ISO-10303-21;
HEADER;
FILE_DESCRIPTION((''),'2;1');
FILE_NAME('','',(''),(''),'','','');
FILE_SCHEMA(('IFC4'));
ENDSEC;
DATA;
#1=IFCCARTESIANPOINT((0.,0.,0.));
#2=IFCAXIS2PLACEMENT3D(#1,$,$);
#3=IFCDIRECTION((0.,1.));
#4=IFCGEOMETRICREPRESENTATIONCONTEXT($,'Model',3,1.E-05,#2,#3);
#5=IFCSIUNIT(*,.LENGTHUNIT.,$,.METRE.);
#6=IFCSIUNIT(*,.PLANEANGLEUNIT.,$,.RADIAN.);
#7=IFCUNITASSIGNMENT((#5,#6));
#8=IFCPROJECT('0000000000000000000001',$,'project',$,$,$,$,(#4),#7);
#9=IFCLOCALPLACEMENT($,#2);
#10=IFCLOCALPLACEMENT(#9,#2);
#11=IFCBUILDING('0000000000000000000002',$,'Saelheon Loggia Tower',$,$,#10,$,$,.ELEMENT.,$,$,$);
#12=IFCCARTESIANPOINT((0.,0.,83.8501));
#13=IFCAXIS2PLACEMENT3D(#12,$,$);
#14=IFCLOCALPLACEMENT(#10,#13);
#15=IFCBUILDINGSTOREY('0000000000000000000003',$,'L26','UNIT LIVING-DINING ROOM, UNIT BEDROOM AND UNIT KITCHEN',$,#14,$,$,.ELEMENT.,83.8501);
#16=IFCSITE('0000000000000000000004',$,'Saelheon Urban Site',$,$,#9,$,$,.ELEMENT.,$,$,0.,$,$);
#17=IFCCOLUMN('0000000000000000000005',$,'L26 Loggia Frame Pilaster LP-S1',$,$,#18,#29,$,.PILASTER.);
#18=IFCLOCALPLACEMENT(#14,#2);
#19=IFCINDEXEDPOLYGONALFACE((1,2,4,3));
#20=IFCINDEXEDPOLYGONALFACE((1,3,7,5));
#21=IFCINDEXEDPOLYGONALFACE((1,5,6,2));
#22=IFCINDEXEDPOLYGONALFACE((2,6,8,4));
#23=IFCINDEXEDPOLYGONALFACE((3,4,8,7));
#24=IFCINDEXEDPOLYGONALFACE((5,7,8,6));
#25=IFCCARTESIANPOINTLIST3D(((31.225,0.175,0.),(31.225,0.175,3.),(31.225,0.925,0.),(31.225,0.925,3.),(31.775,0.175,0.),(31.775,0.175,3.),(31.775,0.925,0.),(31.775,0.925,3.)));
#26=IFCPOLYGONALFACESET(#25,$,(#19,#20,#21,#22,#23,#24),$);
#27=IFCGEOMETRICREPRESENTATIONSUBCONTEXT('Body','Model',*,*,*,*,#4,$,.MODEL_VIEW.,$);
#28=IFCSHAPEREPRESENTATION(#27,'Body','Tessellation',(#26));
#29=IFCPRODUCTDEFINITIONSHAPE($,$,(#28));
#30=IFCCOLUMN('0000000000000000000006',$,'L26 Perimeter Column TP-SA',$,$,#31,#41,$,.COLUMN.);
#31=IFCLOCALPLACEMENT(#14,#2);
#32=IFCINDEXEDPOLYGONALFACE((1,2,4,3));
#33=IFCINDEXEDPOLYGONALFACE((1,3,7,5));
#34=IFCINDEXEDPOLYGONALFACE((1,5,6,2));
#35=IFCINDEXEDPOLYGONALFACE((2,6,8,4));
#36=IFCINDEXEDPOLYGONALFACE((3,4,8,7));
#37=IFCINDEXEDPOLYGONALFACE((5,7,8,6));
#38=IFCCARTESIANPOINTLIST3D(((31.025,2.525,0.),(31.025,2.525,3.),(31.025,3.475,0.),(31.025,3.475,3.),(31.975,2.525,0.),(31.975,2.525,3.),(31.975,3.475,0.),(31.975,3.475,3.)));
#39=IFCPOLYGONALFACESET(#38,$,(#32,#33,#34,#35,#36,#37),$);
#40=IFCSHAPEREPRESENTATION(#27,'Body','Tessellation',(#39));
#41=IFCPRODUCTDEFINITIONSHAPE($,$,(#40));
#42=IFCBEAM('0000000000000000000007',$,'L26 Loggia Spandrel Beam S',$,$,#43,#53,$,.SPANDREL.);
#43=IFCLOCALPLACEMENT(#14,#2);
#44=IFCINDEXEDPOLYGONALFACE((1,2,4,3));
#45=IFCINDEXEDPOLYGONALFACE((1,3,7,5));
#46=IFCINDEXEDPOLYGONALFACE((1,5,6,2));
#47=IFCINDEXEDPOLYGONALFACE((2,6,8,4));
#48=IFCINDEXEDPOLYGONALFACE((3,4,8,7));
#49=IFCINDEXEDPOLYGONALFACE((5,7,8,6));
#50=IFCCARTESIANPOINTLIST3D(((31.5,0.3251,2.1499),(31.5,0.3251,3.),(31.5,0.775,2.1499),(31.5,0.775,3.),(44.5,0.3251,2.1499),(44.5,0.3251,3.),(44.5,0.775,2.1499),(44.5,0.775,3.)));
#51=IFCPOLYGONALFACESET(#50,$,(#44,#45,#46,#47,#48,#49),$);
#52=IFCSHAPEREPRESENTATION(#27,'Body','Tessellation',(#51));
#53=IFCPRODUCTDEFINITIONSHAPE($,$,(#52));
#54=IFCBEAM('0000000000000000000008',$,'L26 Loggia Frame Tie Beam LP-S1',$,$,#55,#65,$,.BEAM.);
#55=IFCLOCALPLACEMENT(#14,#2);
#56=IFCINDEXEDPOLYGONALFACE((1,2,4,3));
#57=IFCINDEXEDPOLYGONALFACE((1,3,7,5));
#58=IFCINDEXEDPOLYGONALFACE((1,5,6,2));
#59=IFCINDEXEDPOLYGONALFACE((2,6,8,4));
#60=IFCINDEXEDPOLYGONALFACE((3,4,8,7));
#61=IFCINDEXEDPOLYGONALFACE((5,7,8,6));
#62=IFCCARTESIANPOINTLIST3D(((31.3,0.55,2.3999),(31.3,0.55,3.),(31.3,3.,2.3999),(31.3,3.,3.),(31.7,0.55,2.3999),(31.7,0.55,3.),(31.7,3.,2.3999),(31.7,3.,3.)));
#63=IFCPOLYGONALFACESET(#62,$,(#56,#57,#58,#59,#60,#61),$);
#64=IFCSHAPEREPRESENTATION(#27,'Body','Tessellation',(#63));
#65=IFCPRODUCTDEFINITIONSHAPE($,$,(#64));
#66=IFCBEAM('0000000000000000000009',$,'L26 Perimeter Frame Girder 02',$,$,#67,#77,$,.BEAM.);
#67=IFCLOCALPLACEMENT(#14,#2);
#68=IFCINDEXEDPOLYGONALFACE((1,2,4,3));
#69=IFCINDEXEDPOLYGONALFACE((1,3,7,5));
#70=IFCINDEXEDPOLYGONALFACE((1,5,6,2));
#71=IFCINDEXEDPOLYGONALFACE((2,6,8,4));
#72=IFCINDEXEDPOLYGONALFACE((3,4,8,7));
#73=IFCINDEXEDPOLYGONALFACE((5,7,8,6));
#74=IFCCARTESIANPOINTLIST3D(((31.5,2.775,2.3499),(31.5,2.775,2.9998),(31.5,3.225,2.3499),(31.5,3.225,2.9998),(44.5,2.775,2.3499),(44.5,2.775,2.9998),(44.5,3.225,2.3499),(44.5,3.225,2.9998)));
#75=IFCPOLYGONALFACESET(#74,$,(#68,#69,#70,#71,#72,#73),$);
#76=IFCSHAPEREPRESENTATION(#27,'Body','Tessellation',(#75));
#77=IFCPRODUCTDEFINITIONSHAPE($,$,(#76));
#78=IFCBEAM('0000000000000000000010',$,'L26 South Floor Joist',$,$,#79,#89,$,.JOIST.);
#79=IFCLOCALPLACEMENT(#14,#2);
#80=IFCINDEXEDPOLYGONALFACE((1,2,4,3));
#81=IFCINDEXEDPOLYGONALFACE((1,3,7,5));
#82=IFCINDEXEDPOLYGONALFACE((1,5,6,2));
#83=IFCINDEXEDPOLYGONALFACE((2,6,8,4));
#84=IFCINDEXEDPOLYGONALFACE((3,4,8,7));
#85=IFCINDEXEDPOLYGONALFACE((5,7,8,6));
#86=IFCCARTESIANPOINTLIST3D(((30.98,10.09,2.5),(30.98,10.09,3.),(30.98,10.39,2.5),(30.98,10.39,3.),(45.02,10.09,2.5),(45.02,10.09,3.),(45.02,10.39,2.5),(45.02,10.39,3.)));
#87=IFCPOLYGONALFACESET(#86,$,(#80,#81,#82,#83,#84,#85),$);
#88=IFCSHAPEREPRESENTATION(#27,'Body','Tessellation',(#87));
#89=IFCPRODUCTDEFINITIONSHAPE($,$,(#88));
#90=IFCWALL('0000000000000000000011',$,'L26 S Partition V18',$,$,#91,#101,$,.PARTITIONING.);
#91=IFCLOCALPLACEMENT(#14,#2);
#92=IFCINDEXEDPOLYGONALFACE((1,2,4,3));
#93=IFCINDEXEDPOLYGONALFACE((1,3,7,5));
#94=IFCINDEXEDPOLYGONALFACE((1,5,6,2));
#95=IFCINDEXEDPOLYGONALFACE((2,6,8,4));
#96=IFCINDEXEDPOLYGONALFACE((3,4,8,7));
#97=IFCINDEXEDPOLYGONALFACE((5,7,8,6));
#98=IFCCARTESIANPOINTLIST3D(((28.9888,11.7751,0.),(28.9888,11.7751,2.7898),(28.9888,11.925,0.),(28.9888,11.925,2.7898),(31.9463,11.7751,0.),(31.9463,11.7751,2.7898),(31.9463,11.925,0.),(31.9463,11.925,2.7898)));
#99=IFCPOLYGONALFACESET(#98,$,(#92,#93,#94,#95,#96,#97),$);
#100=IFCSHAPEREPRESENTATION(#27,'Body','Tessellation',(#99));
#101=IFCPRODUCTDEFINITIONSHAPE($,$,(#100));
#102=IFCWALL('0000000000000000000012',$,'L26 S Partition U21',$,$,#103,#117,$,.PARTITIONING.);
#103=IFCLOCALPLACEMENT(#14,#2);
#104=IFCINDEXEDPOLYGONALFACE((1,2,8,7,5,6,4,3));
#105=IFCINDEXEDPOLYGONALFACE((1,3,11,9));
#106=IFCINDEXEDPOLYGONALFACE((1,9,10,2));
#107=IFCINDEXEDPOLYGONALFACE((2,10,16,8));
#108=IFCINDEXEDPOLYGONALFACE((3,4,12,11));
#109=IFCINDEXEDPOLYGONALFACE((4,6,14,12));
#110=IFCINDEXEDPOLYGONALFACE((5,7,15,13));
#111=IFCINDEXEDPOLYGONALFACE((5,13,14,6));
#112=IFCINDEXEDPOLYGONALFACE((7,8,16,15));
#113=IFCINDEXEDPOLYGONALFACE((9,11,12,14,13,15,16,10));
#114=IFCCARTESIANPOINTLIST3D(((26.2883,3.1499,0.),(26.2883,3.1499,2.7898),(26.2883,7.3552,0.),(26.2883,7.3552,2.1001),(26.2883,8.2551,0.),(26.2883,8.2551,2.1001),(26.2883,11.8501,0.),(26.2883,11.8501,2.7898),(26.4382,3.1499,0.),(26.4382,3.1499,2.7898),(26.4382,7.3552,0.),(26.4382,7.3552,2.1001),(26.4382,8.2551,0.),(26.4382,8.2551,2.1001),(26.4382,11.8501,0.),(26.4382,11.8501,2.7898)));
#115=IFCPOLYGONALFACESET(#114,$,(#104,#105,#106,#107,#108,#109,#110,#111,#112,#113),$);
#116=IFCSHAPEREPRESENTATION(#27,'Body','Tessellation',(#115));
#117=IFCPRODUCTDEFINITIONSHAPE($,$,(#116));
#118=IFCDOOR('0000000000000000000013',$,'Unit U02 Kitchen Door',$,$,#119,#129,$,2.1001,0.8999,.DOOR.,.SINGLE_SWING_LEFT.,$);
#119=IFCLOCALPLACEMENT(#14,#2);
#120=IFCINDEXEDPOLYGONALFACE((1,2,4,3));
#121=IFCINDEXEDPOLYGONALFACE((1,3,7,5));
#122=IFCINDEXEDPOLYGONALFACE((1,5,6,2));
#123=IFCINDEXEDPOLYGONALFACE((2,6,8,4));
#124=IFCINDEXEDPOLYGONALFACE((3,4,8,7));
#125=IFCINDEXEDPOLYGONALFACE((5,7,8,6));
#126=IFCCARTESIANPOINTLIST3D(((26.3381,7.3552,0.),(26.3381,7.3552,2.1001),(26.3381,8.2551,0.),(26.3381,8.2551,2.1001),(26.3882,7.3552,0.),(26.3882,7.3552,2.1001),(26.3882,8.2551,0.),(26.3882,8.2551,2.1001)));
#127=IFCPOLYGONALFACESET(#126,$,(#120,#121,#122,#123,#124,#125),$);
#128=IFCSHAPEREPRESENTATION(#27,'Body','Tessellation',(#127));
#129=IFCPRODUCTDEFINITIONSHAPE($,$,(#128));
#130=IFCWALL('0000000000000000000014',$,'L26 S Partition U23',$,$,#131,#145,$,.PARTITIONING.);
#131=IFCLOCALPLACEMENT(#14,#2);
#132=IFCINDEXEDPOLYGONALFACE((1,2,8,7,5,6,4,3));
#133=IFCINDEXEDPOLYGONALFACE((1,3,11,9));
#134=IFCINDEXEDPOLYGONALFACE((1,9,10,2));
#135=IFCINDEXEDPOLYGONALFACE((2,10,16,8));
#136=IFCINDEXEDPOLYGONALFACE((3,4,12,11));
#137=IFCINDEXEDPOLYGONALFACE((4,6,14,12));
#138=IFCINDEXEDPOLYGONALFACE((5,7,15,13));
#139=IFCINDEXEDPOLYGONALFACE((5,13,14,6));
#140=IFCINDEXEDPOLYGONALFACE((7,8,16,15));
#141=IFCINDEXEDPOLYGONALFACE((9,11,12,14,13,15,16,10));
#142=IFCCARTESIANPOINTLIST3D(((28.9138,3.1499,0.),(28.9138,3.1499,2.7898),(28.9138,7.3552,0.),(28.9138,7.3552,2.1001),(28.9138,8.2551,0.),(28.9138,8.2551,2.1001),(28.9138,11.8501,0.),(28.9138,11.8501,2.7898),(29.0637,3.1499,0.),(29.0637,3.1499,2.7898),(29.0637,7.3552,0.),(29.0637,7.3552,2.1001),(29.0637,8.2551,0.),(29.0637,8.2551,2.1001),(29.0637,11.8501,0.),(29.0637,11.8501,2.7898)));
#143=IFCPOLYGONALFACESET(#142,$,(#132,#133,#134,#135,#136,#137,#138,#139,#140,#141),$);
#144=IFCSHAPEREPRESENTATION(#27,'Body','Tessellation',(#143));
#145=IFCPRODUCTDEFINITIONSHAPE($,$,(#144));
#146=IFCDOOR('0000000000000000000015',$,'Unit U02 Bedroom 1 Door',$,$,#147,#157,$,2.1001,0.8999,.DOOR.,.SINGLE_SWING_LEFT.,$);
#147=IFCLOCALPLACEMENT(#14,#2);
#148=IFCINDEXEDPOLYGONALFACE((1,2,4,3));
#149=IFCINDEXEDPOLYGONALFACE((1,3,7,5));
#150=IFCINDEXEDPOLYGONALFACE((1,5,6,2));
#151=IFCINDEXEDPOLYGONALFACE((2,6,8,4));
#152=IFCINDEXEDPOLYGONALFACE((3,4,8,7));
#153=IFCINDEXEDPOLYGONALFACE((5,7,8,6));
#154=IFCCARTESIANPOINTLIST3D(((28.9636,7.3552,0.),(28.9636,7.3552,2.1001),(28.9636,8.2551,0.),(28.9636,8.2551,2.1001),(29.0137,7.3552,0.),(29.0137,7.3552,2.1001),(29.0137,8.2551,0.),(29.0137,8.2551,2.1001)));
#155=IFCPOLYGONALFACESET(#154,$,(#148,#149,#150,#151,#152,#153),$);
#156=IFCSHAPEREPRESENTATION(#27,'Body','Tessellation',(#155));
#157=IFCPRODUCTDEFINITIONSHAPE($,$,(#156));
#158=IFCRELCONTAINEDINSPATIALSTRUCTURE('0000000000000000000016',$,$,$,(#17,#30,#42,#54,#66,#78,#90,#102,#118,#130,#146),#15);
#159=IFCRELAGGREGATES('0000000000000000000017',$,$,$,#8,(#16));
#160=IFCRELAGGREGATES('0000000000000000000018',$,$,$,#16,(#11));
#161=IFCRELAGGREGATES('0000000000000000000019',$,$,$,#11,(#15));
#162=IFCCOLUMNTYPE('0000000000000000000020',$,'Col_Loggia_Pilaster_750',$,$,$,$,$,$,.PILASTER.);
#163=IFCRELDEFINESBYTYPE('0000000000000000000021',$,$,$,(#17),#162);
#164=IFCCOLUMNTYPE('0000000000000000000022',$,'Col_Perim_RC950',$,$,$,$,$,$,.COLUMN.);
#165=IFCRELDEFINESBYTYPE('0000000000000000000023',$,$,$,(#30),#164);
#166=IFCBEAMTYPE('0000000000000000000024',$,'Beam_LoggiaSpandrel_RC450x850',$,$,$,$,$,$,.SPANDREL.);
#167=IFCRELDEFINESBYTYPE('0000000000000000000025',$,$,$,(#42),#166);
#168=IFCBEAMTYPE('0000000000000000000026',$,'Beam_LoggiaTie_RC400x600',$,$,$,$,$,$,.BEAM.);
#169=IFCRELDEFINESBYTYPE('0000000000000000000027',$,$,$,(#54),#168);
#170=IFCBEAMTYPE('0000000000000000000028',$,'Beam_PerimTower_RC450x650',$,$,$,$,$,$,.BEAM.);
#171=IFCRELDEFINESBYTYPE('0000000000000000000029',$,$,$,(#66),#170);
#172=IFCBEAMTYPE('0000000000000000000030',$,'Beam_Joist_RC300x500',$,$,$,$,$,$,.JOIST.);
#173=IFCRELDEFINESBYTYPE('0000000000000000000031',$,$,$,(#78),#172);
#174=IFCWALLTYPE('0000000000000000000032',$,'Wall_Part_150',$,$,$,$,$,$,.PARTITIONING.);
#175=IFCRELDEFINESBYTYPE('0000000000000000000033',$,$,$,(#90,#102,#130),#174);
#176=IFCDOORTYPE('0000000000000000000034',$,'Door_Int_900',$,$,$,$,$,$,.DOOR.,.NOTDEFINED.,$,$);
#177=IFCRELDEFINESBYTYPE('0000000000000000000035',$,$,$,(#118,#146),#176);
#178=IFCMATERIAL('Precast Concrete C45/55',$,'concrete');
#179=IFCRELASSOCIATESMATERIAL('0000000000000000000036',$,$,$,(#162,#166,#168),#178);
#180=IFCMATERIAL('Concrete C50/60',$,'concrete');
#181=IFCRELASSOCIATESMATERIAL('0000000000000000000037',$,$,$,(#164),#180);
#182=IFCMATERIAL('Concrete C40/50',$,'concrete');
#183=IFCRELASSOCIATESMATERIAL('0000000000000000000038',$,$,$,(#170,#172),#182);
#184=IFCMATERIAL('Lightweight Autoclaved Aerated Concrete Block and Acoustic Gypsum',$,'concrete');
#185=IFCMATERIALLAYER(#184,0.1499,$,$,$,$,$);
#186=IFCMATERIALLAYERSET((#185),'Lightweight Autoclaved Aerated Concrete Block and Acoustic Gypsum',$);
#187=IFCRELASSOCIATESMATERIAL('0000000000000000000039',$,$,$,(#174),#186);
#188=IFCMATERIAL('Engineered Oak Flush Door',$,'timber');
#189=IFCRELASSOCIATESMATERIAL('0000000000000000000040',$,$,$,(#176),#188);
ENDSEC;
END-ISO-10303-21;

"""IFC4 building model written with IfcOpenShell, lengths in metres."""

from ifc_helpers import new_model, si_unit, direction, frame, frame_2d, origin, origin_2d, place, context, subcontext, project, spatial, rectangle, extrude, source, transform, mapped, material, layer, layer_set, material_profile, profile_set, type_object, element, fill, save


model = new_model("IFC4")

# Units and contexts
model_context = context("Model", 3, precision=1e-05, world=origin(), true_north=direction((0.0, 1.0)))
body_context = subcontext(model_context, "Body", "Model", "MODEL_VIEW")
ifc_project = project(units=[si_unit("LENGTHUNIT", "METRE"), si_unit("PLANEANGLEUNIT", "RADIAN")], contexts=[model_context])

# Site, building, storey
site_placement = place(None, origin())
site = spatial("IfcSite", under=ifc_project, at=site_placement, Name="Saelheon Urban Site", CompositionType="ELEMENT", RefElevation=0.0)
building_placement = place(site_placement, origin())
building = spatial("IfcBuilding", under=site, at=building_placement, Name="Saelheon Loggia Tower", CompositionType="ELEMENT")
storey_placement = place(building_placement, frame((0.0, 0.0, 83.8501)))
storey = spatial("IfcBuildingStorey", under=building, at=storey_placement, Name="L26", Description="UNIT LIVING-DINING ROOM, UNIT BEDROOM AND UNIT KITCHEN", CompositionType="ELEMENT", Elevation=83.8501)

# Columns
ifc_material_1 = material(Name="Precast Concrete C45/55", Category="concrete")
ifc_material_profile_1 = material_profile(ifc_material_1, rectangle(XDim=0.55, YDim=0.75, at=origin_2d()), Name="RC-550x750")
ifc_profile_set_1 = profile_set([ifc_material_profile_1], Name="Precast Concrete C45/55")
column_type_1 = type_object("IfcColumnType", Name="Col_Loggia_Pilaster_750", PredefinedType="PILASTER", material=ifc_profile_set_1)
shared_shape_1 = source(origin(), body_context, "Body", "SweptSolid", [
    extrude(rectangle(XDim=0.55, YDim=0.75, at=origin_2d()), origin(), (0.0, 0.0, 1.0), 3.0),
])
column_1_placement = place(storey_placement, frame((31.5, 0.55, 0.0), z_axis=(0.0, 0.0, 1.0), x_axis=(1.0, 0.0, 0.0)))
element("IfcColumn", 1, at=column_1_placement, inside=storey, type_object=column_type_1, Name="L26 Loggia Frame Pilaster LP-S1", PredefinedType="PILASTER", context=body_context, shape_type="MappedRepresentation", body=[
    mapped(shared_shape_1, transform((0.0, 0.0, 0.0), scale=1.0)),
])
ifc_material_2 = material(Name="Concrete C50/60", Category="concrete")
ifc_material_profile_2 = material_profile(ifc_material_2, rectangle(XDim=0.95, YDim=0.95, at=origin_2d()), Name="RC-950x950")
ifc_profile_set_2 = profile_set([ifc_material_profile_2], Name="Concrete C50/60")
column_type_2 = type_object("IfcColumnType", Name="Col_Perim_RC950", PredefinedType="COLUMN", material=ifc_profile_set_2)
shared_shape_2 = source(origin(), body_context, "Body", "SweptSolid", [
    extrude(rectangle(XDim=0.95, YDim=0.95, at=origin_2d()), origin(), (0.0, 0.0, 1.0), 3.0),
])
column_2_placement = place(storey_placement, frame((31.5, 3.0, 0.0), z_axis=(0.0, 0.0, 1.0), x_axis=(1.0, 0.0, 0.0)))
element("IfcColumn", 2, at=column_2_placement, inside=storey, type_object=column_type_2, Name="L26 Perimeter Column TP-SA", PredefinedType="COLUMN", context=body_context, shape_type="MappedRepresentation", body=[
    mapped(shared_shape_2, transform((0.0, 0.0, 0.0), scale=1.0)),
])

# Beams
ifc_material_profile_3 = material_profile(ifc_material_1, rectangle(XDim=0.45, YDim=0.8501, at=origin_2d()), Name="RC-450x850")
ifc_profile_set_3 = profile_set([ifc_material_profile_3], Name="Precast Concrete C45/55")
beam_type_1 = type_object("IfcBeamType", Name="Beam_LoggiaSpandrel_RC450x850", PredefinedType="SPANDREL", material=ifc_profile_set_3)
shared_shape_3 = source(origin(), body_context, "Body", "SweptSolid", [
    extrude(rectangle(XDim=0.45, YDim=0.8501, at=origin_2d()), origin(), (0.0, 0.0, 1.0), 13.0),
])
beam_1_placement = place(storey_placement, frame((31.5, 0.55, 2.575), z_axis=(1.0, 0.0, 0.0), x_axis=(0.0, 1.0, 0.0)))
element("IfcBeam", 3, at=beam_1_placement, inside=storey, type_object=beam_type_1, Name="L26 Loggia Spandrel Beam S", PredefinedType="SPANDREL", context=body_context, shape_type="MappedRepresentation", body=[
    mapped(shared_shape_3, transform((0.0, 0.0, 0.0), scale=1.0)),
])
ifc_material_profile_4 = material_profile(ifc_material_1, rectangle(XDim=0.3999, YDim=0.6001, at=origin_2d()), Name="RC-400x600")
ifc_profile_set_4 = profile_set([ifc_material_profile_4], Name="Precast Concrete C45/55")
beam_type_2 = type_object("IfcBeamType", Name="Beam_LoggiaTie_RC400x600", PredefinedType="BEAM", material=ifc_profile_set_4)
shared_shape_4 = source(origin(), body_context, "Body", "SweptSolid", [
    extrude(rectangle(XDim=0.3999, YDim=0.6001, at=origin_2d()), origin(), (0.0, 0.0, 1.0), 2.45),
])
beam_2_placement = place(storey_placement, frame((31.5, 3.0, 2.7), z_axis=(0.0, -1.0, 0.0), x_axis=(1.0, 0.0, 0.0)))
element("IfcBeam", 4, at=beam_2_placement, inside=storey, type_object=beam_type_2, Name="L26 Loggia Frame Tie Beam LP-S1", PredefinedType="BEAM", context=body_context, shape_type="MappedRepresentation", body=[
    mapped(shared_shape_4, transform((0.0, 0.0, 0.0), scale=1.0)),
])
ifc_material_3 = material(Name="Concrete C40/50", Category="concrete")
ifc_material_profile_5 = material_profile(ifc_material_3, rectangle(XDim=0.45, YDim=0.6499, at=origin_2d()), Name="RC-450x650")
ifc_profile_set_5 = profile_set([ifc_material_profile_5], Name="Concrete C40/50")
beam_type_3 = type_object("IfcBeamType", Name="Beam_PerimTower_RC450x650", PredefinedType="BEAM", material=ifc_profile_set_5)
shared_shape_5 = source(origin(), body_context, "Body", "SweptSolid", [
    extrude(rectangle(XDim=0.45, YDim=0.6499, at=origin_2d()), origin(), (0.0, 0.0, 1.0), 13.0),
])
beam_3_placement = place(storey_placement, frame((31.5, 3.0, 2.6748), z_axis=(1.0, 0.0, 0.0), x_axis=(0.0, 1.0, 0.0)))
element("IfcBeam", 5, at=beam_3_placement, inside=storey, type_object=beam_type_3, Name="L26 Perimeter Frame Girder 02", PredefinedType="BEAM", context=body_context, shape_type="MappedRepresentation", body=[
    mapped(shared_shape_5, transform((0.0, 0.0, 0.0), scale=1.0)),
])
ifc_material_profile_6 = material_profile(ifc_material_3, rectangle(XDim=0.3, YDim=0.5, at=origin_2d()), Name="RC-300x500")
ifc_profile_set_6 = profile_set([ifc_material_profile_6], Name="Concrete C40/50")
beam_type_4 = type_object("IfcBeamType", Name="Beam_Joist_RC300x500", PredefinedType="JOIST", material=ifc_profile_set_6)
shared_shape_6 = source(origin(), body_context, "Body", "SweptSolid", [
    extrude(rectangle(XDim=0.3, YDim=0.5, at=origin_2d()), origin(), (0.0, 0.0, 1.0), 14.04),
])
beam_4_placement = place(storey_placement, frame((30.98, 10.24, 2.75), z_axis=(1.0, 0.0, 0.0), x_axis=(0.0, 1.0, 0.0)))
element("IfcBeam", 6, at=beam_4_placement, inside=storey, type_object=beam_type_4, Name="L26 South Floor Joist", PredefinedType="JOIST", context=body_context, shape_type="MappedRepresentation", body=[
    mapped(shared_shape_6, transform((0.0, 0.0, 0.0), scale=1.0)),
])

# Wall
ifc_material_4 = material(Name="Lightweight Autoclaved Aerated Concrete Block and Acoustic Gypsum", Category="concrete")
ifc_layer_1 = layer(ifc_material_4, 0.1499)
ifc_layer_set_1 = layer_set([ifc_layer_1], Name="Lightweight Autoclaved Aerated Concrete Block and Acoustic Gypsum")
wall_type_1 = type_object("IfcWallType", Name="Wall_Part_150", PredefinedType="PARTITIONING", material=ifc_layer_set_1)
wall_1_placement = place(storey_placement, frame((28.9888, 11.8501, 0.0), z_axis=(0.0, 0.0, 1.0), x_axis=(1.0, 0.0, 0.0)))
element("IfcWall", 7, at=wall_1_placement, inside=storey, type_object=wall_type_1, Name="L26 S Partition V18", PredefinedType="PARTITIONING", context=body_context, shape_type="SweptSolid", body=[
    extrude(rectangle(XDim=2.9575, YDim=0.1499, at=frame_2d((1.4788, 0.0))), origin(), (0.0, 0.0, 1.0), 2.7898),
])

# Walls, openings, doors
wall_2_placement = place(storey_placement, frame((26.3633, 11.8501, 0.0), z_axis=(0.0, 0.0, 1.0), x_axis=(0.0, -1.0, 0.0)))
wall_2 = element("IfcWall", 8, at=wall_2_placement, inside=storey, type_object=wall_type_1, Name="L26 S Partition U21", PredefinedType="PARTITIONING", context=body_context, shape_type="SweptSolid", body=[
    extrude(rectangle(XDim=8.7002, YDim=0.1499, at=frame_2d((4.3501, 0.0))), origin(), (0.0, 0.0, 1.0), 2.7898),
])
opening_1_placement = place(wall_2_placement, frame((3.595, 0.0, 0.0)))
opening_1 = element("IfcOpeningElement", 9, at=opening_1_placement, cuts=wall_2, PredefinedType="OPENING", context=body_context, shape_type="SweptSolid", body=[
    extrude(rectangle(XDim=0.8999, YDim=2.1001, at=frame_2d((0.45, 1.05))), frame((0.0, 0.0869, 0.0), z_axis=(0.0, -1.0, 0.0), x_axis=(1.0, 0.0, 0.0)), (0.0, 0.0, 1.0), 0.1738),
])
ifc_material_5 = material(Name="Engineered Oak Flush Door", Category="timber")
door_type_1 = type_object("IfcDoorType", Name="Door_Int_900", OperationType="NOTDEFINED", PredefinedType="DOOR", material=ifc_material_5)
shared_shape_7 = source(origin(), body_context, "Body", "SweptSolid", [
    extrude(rectangle(XDim=0.8999, YDim=2.1001, at=frame_2d((0.45, 1.05))), frame((0.0, 0.0249, 0.0), z_axis=(0.0, -1.0, 0.0), x_axis=(1.0, 0.0, 0.0)), (0.0, 0.0, 1.0), 0.05),
])
door_1_placement = place(opening_1_placement, origin())
door_1 = element("IfcDoor", 10, at=door_1_placement, inside=storey, type_object=door_type_1, Name="Unit U02 Kitchen Door", OperationType="SINGLE_SWING_LEFT", OverallHeight=2.1001, OverallWidth=0.8999, PredefinedType="DOOR", context=body_context, shape_type="MappedRepresentation", body=[
    mapped(shared_shape_7, transform((0.0, 0.0, 0.0), scale=1.0)),
])
fill(opening_1, door_1)
wall_3_placement = place(storey_placement, frame((28.9888, 11.8501, 0.0), z_axis=(0.0, 0.0, 1.0), x_axis=(0.0, -1.0, 0.0)))
wall_3 = element("IfcWall", 11, at=wall_3_placement, inside=storey, type_object=wall_type_1, Name="L26 S Partition U23", PredefinedType="PARTITIONING", context=body_context, shape_type="SweptSolid", body=[
    extrude(rectangle(XDim=8.7002, YDim=0.1499, at=frame_2d((4.3501, 0.0))), origin(), (0.0, 0.0, 1.0), 2.7898),
])
opening_2_placement = place(wall_3_placement, frame((3.595, 0.0, 0.0)))
opening_2 = element("IfcOpeningElement", 12, at=opening_2_placement, cuts=wall_3, PredefinedType="OPENING", context=body_context, shape_type="SweptSolid", body=[
    extrude(rectangle(XDim=0.8999, YDim=2.1001, at=frame_2d((0.45, 1.05))), frame((0.0, 0.0869, 0.0), z_axis=(0.0, -1.0, 0.0), x_axis=(1.0, 0.0, 0.0)), (0.0, 0.0, 1.0), 0.1738),
])
door_2_placement = place(opening_2_placement, origin())
door_2 = element("IfcDoor", 13, at=door_2_placement, inside=storey, type_object=door_type_1, Name="Unit U02 Bedroom 1 Door", OperationType="SINGLE_SWING_LEFT", OverallHeight=2.1001, OverallWidth=0.8999, PredefinedType="DOOR", context=body_context, shape_type="MappedRepresentation", body=[
    mapped(shared_shape_7, transform((0.0, 0.0, 0.0), scale=1.0)),
])
fill(opening_2, door_2)

save(model, "model.ifc")
